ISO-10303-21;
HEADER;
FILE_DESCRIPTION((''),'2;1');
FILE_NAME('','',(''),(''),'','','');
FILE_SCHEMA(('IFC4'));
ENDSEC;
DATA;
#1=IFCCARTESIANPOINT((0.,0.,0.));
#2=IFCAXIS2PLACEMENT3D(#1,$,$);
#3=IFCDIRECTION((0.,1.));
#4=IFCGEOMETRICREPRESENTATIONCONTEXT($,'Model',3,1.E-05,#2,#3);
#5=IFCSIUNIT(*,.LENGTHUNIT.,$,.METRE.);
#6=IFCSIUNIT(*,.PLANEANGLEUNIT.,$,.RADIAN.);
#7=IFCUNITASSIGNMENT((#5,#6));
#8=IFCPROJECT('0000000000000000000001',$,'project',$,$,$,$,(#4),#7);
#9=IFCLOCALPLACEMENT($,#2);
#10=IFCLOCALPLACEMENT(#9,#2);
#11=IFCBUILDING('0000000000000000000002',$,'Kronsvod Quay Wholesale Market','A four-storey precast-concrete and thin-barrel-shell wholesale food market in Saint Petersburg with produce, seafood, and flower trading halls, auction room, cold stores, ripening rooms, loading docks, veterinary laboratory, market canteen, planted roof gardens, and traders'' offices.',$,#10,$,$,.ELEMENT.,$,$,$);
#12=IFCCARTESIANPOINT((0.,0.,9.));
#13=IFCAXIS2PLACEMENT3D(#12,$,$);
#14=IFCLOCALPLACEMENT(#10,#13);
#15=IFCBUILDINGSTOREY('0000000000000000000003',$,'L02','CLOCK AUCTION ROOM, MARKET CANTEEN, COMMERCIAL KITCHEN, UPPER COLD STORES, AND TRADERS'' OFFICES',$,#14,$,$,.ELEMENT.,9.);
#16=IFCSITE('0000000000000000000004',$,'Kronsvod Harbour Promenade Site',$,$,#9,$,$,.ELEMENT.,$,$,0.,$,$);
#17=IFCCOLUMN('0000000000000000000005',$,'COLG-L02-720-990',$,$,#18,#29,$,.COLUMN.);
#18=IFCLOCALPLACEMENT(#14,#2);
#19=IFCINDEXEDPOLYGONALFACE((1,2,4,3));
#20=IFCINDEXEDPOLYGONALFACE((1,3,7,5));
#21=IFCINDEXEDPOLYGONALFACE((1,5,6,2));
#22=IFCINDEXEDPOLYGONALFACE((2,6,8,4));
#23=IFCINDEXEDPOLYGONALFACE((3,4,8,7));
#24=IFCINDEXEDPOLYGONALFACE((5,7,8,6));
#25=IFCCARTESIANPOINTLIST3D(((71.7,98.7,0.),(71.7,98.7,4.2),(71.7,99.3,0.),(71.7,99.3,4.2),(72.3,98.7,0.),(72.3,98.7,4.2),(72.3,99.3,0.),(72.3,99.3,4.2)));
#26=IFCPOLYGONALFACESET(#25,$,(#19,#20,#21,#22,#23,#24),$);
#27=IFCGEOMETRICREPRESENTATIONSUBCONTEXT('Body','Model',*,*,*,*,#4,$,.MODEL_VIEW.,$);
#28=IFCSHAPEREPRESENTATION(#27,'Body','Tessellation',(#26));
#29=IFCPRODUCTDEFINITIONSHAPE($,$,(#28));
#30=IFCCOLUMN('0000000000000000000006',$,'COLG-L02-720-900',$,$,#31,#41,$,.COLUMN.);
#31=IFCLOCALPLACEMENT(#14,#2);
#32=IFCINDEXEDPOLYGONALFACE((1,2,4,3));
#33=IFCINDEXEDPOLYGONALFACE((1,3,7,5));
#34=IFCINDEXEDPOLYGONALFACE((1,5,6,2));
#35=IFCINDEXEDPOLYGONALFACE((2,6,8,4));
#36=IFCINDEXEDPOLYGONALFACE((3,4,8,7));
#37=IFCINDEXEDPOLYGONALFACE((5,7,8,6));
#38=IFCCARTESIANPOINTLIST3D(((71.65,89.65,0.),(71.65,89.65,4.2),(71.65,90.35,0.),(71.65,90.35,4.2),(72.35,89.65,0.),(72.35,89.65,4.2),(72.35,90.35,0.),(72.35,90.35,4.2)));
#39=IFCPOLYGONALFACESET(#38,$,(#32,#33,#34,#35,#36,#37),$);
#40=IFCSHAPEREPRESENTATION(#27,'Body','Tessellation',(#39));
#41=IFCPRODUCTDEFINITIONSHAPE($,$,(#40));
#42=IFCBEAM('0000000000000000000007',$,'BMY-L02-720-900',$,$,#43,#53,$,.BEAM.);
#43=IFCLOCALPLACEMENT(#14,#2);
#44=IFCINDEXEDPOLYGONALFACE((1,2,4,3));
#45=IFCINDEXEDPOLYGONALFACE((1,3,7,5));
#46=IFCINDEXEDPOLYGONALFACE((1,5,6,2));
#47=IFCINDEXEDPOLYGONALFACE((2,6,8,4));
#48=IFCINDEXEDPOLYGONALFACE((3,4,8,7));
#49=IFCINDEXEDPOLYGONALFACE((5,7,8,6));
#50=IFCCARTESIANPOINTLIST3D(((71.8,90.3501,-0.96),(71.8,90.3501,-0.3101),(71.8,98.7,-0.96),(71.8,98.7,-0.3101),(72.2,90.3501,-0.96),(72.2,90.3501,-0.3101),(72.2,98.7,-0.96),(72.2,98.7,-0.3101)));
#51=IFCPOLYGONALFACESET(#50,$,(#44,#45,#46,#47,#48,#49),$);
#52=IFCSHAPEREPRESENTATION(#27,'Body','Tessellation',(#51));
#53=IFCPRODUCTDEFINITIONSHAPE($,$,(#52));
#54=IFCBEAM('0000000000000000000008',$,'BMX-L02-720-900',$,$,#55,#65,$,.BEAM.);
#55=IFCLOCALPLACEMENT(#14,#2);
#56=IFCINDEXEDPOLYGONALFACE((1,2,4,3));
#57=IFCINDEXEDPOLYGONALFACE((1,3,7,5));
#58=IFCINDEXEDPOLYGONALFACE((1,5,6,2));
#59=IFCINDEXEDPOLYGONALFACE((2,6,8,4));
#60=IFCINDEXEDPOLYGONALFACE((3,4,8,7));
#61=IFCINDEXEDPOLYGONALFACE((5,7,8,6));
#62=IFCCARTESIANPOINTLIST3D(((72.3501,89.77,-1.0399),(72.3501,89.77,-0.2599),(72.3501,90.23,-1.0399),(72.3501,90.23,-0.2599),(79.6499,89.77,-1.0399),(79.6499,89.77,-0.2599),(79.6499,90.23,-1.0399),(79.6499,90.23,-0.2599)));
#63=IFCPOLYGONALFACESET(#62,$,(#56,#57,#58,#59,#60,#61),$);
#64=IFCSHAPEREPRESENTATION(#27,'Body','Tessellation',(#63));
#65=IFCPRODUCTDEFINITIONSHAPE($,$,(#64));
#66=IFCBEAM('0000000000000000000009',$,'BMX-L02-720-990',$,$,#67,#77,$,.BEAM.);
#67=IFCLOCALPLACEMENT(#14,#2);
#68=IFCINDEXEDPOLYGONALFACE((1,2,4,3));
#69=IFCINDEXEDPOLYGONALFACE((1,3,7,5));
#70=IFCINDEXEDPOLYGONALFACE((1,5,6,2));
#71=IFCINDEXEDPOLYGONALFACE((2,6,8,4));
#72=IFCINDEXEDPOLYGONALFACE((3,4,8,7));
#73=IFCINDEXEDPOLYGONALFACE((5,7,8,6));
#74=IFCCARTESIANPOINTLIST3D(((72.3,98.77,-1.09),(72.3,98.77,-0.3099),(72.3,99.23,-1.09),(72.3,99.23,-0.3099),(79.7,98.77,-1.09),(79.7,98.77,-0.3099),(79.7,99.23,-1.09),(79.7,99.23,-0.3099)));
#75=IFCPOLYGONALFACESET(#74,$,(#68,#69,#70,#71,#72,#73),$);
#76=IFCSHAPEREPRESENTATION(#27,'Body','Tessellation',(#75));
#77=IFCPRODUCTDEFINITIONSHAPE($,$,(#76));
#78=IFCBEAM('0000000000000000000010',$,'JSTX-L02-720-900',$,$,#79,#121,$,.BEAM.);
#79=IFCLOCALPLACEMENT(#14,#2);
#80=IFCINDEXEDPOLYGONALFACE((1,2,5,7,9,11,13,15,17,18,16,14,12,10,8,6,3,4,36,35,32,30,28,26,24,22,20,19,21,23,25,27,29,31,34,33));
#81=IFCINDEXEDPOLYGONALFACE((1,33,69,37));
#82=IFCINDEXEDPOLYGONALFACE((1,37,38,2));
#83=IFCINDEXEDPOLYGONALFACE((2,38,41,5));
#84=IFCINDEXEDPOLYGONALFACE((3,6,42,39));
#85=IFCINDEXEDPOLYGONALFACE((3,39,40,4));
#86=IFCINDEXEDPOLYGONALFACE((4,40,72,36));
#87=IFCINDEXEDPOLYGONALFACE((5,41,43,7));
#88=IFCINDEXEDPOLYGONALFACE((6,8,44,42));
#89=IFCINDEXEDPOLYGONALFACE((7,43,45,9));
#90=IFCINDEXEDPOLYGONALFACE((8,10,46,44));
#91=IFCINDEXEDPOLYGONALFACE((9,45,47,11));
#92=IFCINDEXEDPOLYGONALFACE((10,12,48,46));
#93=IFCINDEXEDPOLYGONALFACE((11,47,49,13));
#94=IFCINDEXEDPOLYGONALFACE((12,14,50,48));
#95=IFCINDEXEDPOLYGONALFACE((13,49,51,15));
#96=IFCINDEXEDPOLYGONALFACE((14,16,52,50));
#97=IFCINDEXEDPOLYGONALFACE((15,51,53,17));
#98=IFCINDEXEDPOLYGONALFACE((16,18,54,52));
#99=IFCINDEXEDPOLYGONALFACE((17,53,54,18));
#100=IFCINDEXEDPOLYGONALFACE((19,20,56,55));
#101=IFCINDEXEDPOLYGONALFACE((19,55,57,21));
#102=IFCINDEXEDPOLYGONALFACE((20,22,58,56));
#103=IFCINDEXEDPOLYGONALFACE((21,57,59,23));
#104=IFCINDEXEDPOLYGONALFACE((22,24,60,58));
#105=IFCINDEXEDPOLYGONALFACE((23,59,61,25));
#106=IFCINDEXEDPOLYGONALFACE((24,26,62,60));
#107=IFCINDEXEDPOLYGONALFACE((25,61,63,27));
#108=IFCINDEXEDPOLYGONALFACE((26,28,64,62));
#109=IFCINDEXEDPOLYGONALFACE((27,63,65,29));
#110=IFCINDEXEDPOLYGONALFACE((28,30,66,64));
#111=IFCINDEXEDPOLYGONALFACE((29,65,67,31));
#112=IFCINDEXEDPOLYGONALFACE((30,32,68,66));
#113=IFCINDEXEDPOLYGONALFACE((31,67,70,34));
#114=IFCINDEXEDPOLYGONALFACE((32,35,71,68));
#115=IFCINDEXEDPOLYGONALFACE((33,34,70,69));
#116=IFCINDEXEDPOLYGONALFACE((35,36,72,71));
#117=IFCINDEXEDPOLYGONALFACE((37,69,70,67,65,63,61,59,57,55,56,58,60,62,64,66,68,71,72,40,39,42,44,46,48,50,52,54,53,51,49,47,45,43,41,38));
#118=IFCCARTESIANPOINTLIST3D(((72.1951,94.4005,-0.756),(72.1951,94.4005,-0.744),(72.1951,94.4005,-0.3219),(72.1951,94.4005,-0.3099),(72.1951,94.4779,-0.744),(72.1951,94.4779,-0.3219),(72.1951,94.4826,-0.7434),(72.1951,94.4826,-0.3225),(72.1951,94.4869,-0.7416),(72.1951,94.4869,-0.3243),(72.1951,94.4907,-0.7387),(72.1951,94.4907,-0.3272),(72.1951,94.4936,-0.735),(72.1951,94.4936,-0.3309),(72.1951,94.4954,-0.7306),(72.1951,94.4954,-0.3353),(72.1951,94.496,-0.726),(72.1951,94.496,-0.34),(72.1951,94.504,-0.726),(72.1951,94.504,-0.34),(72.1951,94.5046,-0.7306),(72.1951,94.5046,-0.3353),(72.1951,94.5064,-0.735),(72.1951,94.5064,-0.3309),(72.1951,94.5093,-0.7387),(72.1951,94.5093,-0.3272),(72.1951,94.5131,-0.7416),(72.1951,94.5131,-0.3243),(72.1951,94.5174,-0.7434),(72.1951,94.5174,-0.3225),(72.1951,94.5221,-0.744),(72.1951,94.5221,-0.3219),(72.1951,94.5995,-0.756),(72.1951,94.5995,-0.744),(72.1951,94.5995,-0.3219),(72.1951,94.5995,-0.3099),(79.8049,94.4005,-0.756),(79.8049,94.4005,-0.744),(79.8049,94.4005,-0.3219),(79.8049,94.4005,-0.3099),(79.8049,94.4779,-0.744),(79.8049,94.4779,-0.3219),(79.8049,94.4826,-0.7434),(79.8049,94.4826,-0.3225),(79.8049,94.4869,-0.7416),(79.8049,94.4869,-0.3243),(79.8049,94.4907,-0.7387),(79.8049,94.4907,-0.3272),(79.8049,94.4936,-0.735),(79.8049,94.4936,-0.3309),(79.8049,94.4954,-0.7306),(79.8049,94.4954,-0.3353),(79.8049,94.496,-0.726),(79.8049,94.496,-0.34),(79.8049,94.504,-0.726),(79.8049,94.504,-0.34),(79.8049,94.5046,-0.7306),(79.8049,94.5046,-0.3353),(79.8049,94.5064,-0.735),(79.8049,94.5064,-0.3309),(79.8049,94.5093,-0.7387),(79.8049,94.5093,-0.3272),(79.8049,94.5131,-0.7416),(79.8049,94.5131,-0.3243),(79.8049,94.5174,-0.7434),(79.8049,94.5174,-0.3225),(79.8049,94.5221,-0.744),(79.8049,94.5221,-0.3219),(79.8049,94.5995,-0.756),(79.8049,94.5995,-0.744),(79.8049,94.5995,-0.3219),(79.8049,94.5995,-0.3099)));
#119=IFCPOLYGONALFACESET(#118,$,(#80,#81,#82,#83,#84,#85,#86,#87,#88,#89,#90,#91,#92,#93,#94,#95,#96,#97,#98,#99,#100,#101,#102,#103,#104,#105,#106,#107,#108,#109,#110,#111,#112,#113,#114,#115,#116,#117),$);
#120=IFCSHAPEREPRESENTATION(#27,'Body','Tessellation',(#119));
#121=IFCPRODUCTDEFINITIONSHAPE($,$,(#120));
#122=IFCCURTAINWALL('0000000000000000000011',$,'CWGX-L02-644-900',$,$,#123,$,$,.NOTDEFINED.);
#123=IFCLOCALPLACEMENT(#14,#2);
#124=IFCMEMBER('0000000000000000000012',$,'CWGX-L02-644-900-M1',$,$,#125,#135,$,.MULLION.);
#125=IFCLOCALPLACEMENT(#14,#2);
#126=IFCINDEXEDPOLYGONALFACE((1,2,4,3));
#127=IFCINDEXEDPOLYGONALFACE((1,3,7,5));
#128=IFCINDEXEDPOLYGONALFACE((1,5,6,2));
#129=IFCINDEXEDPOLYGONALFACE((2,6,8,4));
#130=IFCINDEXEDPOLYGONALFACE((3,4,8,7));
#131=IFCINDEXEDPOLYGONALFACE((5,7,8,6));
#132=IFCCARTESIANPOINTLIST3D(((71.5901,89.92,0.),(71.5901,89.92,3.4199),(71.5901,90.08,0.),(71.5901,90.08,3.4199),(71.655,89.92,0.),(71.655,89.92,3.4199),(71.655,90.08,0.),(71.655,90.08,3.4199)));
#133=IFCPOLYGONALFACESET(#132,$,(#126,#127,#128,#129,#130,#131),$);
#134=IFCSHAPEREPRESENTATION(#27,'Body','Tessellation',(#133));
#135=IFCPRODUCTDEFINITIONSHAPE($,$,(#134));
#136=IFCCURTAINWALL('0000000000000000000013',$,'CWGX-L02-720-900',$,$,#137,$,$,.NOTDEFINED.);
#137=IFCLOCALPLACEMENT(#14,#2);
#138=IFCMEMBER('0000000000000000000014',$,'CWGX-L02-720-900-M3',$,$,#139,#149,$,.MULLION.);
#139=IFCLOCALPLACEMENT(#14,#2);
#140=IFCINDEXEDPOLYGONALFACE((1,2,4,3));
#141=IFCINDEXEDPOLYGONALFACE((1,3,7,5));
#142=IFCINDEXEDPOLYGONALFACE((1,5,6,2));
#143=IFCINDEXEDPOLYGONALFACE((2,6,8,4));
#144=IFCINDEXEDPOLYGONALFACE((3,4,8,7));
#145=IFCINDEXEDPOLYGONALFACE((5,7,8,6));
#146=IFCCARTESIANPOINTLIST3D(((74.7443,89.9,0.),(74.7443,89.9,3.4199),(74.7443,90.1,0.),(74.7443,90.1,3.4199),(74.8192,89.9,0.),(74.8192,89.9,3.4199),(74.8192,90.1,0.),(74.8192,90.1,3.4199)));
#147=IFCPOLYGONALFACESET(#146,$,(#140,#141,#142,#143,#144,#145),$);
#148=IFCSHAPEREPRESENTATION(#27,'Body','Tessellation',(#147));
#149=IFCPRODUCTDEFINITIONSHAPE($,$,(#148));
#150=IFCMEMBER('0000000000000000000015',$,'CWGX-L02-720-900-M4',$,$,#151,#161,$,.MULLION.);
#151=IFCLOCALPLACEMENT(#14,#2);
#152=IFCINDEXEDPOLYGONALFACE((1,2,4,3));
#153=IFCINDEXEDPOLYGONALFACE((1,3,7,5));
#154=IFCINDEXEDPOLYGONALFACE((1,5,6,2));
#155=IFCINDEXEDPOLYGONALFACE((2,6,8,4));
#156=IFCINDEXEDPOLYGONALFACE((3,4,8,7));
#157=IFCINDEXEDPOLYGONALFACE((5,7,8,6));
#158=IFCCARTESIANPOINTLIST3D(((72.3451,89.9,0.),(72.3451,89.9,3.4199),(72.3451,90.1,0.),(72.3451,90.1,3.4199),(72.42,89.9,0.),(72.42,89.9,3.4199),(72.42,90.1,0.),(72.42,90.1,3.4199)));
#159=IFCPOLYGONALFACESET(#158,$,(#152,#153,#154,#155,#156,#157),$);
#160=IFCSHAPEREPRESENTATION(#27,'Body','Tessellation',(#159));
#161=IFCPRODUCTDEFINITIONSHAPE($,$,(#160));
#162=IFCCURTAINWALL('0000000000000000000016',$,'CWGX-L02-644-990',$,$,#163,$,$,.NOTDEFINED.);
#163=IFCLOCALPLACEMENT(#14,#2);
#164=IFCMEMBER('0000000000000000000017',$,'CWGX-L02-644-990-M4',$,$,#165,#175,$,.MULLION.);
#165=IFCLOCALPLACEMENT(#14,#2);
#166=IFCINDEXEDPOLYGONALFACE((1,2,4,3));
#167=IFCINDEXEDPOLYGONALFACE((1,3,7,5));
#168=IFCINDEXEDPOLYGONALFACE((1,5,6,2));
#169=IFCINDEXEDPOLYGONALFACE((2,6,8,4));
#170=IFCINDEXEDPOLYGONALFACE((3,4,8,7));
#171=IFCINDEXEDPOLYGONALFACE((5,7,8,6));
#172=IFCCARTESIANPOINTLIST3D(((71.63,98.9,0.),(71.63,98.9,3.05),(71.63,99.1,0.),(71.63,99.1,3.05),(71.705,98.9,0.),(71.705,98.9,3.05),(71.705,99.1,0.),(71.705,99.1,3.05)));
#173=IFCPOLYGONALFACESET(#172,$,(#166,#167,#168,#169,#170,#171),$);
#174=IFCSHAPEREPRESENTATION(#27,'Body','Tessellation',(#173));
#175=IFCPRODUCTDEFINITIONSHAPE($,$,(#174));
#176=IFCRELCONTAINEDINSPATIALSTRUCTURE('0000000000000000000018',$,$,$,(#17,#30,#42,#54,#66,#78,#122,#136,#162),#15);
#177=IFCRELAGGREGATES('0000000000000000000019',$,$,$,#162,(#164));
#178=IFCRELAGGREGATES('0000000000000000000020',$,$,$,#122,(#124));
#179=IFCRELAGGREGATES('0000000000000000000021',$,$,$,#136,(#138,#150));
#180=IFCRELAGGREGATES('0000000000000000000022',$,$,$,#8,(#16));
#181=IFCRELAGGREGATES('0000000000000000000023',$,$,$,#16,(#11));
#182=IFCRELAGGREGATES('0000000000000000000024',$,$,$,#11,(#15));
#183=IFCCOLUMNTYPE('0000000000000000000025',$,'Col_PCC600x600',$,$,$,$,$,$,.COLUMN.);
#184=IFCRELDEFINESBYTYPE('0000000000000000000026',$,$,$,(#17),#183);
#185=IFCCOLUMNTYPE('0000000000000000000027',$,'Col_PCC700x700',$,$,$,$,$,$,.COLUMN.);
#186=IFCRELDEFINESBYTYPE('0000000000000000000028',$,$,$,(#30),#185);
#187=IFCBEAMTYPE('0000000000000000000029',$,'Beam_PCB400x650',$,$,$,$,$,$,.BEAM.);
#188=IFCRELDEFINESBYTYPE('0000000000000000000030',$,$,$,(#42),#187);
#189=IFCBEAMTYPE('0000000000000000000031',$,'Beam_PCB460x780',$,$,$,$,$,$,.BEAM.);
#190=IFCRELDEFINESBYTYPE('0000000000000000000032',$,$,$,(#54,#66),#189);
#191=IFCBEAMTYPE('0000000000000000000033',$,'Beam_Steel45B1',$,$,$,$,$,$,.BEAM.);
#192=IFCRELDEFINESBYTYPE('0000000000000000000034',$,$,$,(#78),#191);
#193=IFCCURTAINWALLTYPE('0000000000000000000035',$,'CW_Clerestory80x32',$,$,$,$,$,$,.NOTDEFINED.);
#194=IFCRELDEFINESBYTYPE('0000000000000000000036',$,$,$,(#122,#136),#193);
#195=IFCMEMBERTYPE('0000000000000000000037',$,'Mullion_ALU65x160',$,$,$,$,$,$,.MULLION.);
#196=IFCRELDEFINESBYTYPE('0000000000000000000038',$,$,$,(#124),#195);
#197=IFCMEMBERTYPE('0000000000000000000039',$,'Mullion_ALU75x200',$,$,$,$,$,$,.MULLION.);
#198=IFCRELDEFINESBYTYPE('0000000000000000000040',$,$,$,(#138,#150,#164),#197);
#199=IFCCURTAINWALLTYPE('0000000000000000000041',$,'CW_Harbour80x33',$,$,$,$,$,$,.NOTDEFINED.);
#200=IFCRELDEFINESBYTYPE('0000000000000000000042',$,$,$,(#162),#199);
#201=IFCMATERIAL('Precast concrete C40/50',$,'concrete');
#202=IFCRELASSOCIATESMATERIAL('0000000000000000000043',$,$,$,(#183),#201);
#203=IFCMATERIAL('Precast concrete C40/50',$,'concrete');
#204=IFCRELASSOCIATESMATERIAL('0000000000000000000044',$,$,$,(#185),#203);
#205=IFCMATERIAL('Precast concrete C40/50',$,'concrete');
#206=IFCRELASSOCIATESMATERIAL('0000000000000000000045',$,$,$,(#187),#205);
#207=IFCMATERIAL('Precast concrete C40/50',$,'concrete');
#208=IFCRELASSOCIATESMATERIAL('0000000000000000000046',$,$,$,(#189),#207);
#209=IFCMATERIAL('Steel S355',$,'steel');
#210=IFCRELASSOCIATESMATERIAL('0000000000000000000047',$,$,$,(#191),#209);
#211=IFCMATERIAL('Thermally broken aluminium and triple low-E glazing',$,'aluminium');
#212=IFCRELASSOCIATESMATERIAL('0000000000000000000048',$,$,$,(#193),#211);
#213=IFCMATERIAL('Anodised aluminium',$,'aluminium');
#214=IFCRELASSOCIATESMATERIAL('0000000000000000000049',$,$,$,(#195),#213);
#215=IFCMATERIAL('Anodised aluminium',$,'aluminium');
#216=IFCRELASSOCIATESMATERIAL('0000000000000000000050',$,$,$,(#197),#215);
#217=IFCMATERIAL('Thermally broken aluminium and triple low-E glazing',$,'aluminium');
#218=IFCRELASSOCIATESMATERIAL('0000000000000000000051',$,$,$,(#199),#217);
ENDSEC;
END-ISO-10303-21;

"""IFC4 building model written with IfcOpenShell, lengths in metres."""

from ifc_helpers import new_model, si_unit, direction, frame, origin, origin_2d, place, context, subcontext, project, spatial, rectangle, i_section, extrude, material, material_profile, profile_set, type_object, element, aggregate, save


model = new_model("IFC4")

# Units and contexts
model_context = context("Model", 3, precision=1e-05, world=origin(), true_north=direction((0.0, 1.0)))
body_context = subcontext(model_context, "Body", "Model", "MODEL_VIEW")
ifc_project = project(units=[si_unit("LENGTHUNIT", "METRE"), si_unit("PLANEANGLEUNIT", "RADIAN")], contexts=[model_context])

# Site, building, storey
site_placement = place(None, origin())
site = spatial("IfcSite", under=ifc_project, at=site_placement, Name="Kronsvod Harbour Promenade Site", CompositionType="ELEMENT", RefElevation=0.0)
building_placement = place(site_placement, origin())
building = spatial("IfcBuilding", under=site, at=building_placement, Name="Kronsvod Quay Wholesale Market", Description="A four-storey precast-concrete and thin-barrel-shell wholesale food market in Saint Petersburg with produce, seafood, and flower trading halls, auction room, cold stores, ripening rooms, loading docks, veterinary laboratory, market canteen, planted roof gardens, and traders' offices.", CompositionType="ELEMENT")
storey_placement = place(building_placement, frame((0.0, 0.0, 9.0)))
storey = spatial("IfcBuildingStorey", under=building, at=storey_placement, Name="L02", Description="CLOCK AUCTION ROOM, MARKET CANTEEN, COMMERCIAL KITCHEN, UPPER COLD STORES, AND TRADERS' OFFICES", CompositionType="ELEMENT", Elevation=9.0)

# Columns
ifc_material_1 = material(Name="Precast concrete C40/50", Category="concrete")
ifc_material_profile_1 = material_profile(ifc_material_1, rectangle(XDim=0.6001, YDim=0.6001, at=origin_2d()), Name="PCC600x600")
ifc_profile_set_1 = profile_set([ifc_material_profile_1], Name="Precast concrete C40/50")
column_type_1 = type_object("IfcColumnType", Name="Col_PCC600x600", PredefinedType="COLUMN", material=ifc_profile_set_1)
column_1_placement = place(storey_placement, frame((72.0, 99.0, 0.0), z_axis=(0.0, 0.0, 1.0), x_axis=(1.0, 0.0, 0.0)))
element("IfcColumn", 1, at=column_1_placement, inside=storey, type_object=column_type_1, Name="COLG-L02-720-990", PredefinedType="COLUMN", context=body_context, shape_type="SweptSolid", body=[
    extrude(rectangle(XDim=0.6001, YDim=0.6001, at=origin_2d()), origin(), (0.0, 0.0, 1.0), 4.2),
])
ifc_material_2 = material(Name="Precast concrete C40/50", Category="concrete")
ifc_material_profile_2 = material_profile(ifc_material_2, rectangle(XDim=0.7, YDim=0.7, at=origin_2d()), Name="PCC700x700")
ifc_profile_set_2 = profile_set([ifc_material_profile_2], Name="Precast concrete C40/50")
column_type_2 = type_object("IfcColumnType", Name="Col_PCC700x700", PredefinedType="COLUMN", material=ifc_profile_set_2)
column_2_placement = place(storey_placement, frame((72.0, 90.0, 0.0), z_axis=(0.0, 0.0, 1.0), x_axis=(1.0, 0.0, 0.0)))
element("IfcColumn", 2, at=column_2_placement, inside=storey, type_object=column_type_2, Name="COLG-L02-720-900", PredefinedType="COLUMN", context=body_context, shape_type="SweptSolid", body=[
    extrude(rectangle(XDim=0.7, YDim=0.7, at=origin_2d()), origin(), (0.0, 0.0, 1.0), 4.2),
])

# Beams
ifc_material_3 = material(Name="Precast concrete C40/50", Category="concrete")
ifc_material_profile_3 = material_profile(ifc_material_3, rectangle(XDim=0.3999, YDim=0.6499, at=origin_2d()), Name="PCB400x650")
ifc_profile_set_3 = profile_set([ifc_material_profile_3], Name="Precast concrete C40/50")
beam_type_1 = type_object("IfcBeamType", Name="Beam_PCB400x650", PredefinedType="BEAM", material=ifc_profile_set_3)
beam_1_placement = place(storey_placement, frame((72.0, 90.3501, -0.635), z_axis=(0.0, 1.0, 0.0), x_axis=(-1.0, 0.0, 0.0)))
element("IfcBeam", 3, at=beam_1_placement, inside=storey, type_object=beam_type_1, Name="BMY-L02-720-900", PredefinedType="BEAM", context=body_context, shape_type="SweptSolid", body=[
    extrude(rectangle(XDim=0.3999, YDim=0.6499, at=origin_2d()), origin(), (0.0, 0.0, 1.0), 8.3499),
])
ifc_material_4 = material(Name="Precast concrete C40/50", Category="concrete")
ifc_material_profile_4 = material_profile(ifc_material_4, rectangle(XDim=0.46, YDim=0.78, at=origin_2d()), Name="PB-03")
ifc_profile_set_4 = profile_set([ifc_material_profile_4], Name="Precast concrete C40/50")
beam_type_2 = type_object("IfcBeamType", Name="Beam_PCB460x780", PredefinedType="BEAM", material=ifc_profile_set_4)
beam_2_placement = place(storey_placement, frame((72.3501, 90.0, -0.6499), z_axis=(1.0, 0.0, 0.0), x_axis=(0.0, 1.0, 0.0)))
element("IfcBeam", 4, at=beam_2_placement, inside=storey, type_object=beam_type_2, Name="BMX-L02-720-900", PredefinedType="BEAM", context=body_context, shape_type="SweptSolid", body=[
    extrude(rectangle(XDim=0.46, YDim=0.78, at=origin_2d()), origin(), (0.0, 0.0, 1.0), 7.2998),
])
beam_3_placement = place(storey_placement, frame((72.3, 99.0, -0.7), z_axis=(1.0, 0.0, 0.0), x_axis=(0.0, 1.0, 0.0)))
element("IfcBeam", 5, at=beam_3_placement, inside=storey, type_object=beam_type_2, Name="BMX-L02-720-990", PredefinedType="BEAM", context=body_context, shape_type="SweptSolid", body=[
    extrude(rectangle(XDim=0.46, YDim=0.78, at=origin_2d()), origin(), (0.0, 0.0, 1.0), 7.3999),
])
ifc_material_5 = material(Name="Steel S355", Category="steel")
ifc_material_profile_5 = material_profile(ifc_material_5, i_section(OverallWidth=0.199, OverallDepth=0.446, WebThickness=0.0081, FlangeThickness=0.012, FilletRadius=0.0181, at=origin_2d()), Name="45B1")
ifc_profile_set_5 = profile_set([ifc_material_profile_5], Name="Steel S355")
beam_type_3 = type_object("IfcBeamType", Name="Beam_Steel45B1", PredefinedType="BEAM", material=ifc_profile_set_5)
beam_4_placement = place(storey_placement, frame((72.1951, 94.5, -0.533), z_axis=(1.0, 0.0, 0.0), x_axis=(0.0, 1.0, 0.0)))
element("IfcBeam", 6, at=beam_4_placement, inside=storey, type_object=beam_type_3, Name="JSTX-L02-720-900", PredefinedType="BEAM", context=body_context, shape_type="SweptSolid", body=[
    extrude(i_section(OverallWidth=0.199, OverallDepth=0.446, WebThickness=0.0081, FlangeThickness=0.012, FilletRadius=0.0181, at=origin_2d()), origin(), (0.0, 0.0, 1.0), 7.6099),
])

# Curtain wall, member
ifc_material_6 = material(Name="Thermally broken aluminium and triple low-E glazing", Category="aluminium")
curtain_wall_type_1 = type_object("IfcCurtainWallType", Name="CW_Clerestory80x32", PredefinedType="NOTDEFINED", material=ifc_material_6)
curtain_wall_1_placement = place(storey_placement, origin())
curtain_wall_1 = element("IfcCurtainWall", 7, at=curtain_wall_1_placement, inside=storey, type_object=curtain_wall_type_1, Name="CWGX-L02-644-900", PredefinedType="NOTDEFINED")
ifc_material_7 = material(Name="Anodised aluminium", Category="aluminium")
ifc_material_profile_6 = material_profile(ifc_material_7, rectangle(XDim=0.0649, YDim=0.1599, at=origin_2d()), Name="ALUM65x160")
ifc_profile_set_6 = profile_set([ifc_material_profile_6], Name="Anodised aluminium")
member_type_1 = type_object("IfcMemberType", Name="Mullion_ALU65x160", PredefinedType="MULLION", material=ifc_profile_set_6)
member_1_placement = place(storey_placement, frame((71.6226, 90.0, 0.0), z_axis=(0.0, 0.0, 1.0), x_axis=(1.0, 0.0, 0.0)))
member_1 = element("IfcMember", 8, at=member_1_placement, type_object=member_type_1, Name="CWGX-L02-644-900-M1", PredefinedType="MULLION", context=body_context, shape_type="SweptSolid", body=[
    extrude(rectangle(XDim=0.0649, YDim=0.1599, at=origin_2d()), origin(), (0.0, 0.0, 1.0), 3.4199),
])

# Curtain wall, members
curtain_wall_2_placement = place(storey_placement, origin())
curtain_wall_2 = element("IfcCurtainWall", 9, at=curtain_wall_2_placement, inside=storey, type_object=curtain_wall_type_1, Name="CWGX-L02-720-900", PredefinedType="NOTDEFINED")
ifc_material_8 = material(Name="Anodised aluminium", Category="aluminium")
ifc_material_profile_7 = material_profile(ifc_material_8, rectangle(XDim=0.075, YDim=0.2, at=origin_2d()), Name="ALUM75x200")
ifc_profile_set_7 = profile_set([ifc_material_profile_7], Name="Anodised aluminium")
member_type_2 = type_object("IfcMemberType", Name="Mullion_ALU75x200", PredefinedType="MULLION", material=ifc_profile_set_7)
member_2_placement = place(storey_placement, frame((74.7817, 90.0, 0.0), z_axis=(0.0, 0.0, 1.0), x_axis=(1.0, 0.0, 0.0)))
member_2 = element("IfcMember", 10, at=member_2_placement, type_object=member_type_2, Name="CWGX-L02-720-900-M3", PredefinedType="MULLION", context=body_context, shape_type="SweptSolid", body=[
    extrude(rectangle(XDim=0.075, YDim=0.2, at=origin_2d()), origin(), (0.0, 0.0, 1.0), 3.4199),
])
member_3_placement = place(storey_placement, frame((72.3826, 90.0, 0.0), z_axis=(0.0, 0.0, 1.0), x_axis=(1.0, 0.0, 0.0)))
member_3 = element("IfcMember", 11, at=member_3_placement, type_object=member_type_2, Name="CWGX-L02-720-900-M4", PredefinedType="MULLION", context=body_context, shape_type="SweptSolid", body=[
    extrude(rectangle(XDim=0.075, YDim=0.2, at=origin_2d()), origin(), (0.0, 0.0, 1.0), 3.4199),
])

# Curtain wall, member
ifc_material_9 = material(Name="Thermally broken aluminium and triple low-E glazing", Category="aluminium")
curtain_wall_type_2 = type_object("IfcCurtainWallType", Name="CW_Harbour80x33", PredefinedType="NOTDEFINED", material=ifc_material_9)
curtain_wall_3_placement = place(storey_placement, origin())
curtain_wall_3 = element("IfcCurtainWall", 12, at=curtain_wall_3_placement, inside=storey, type_object=curtain_wall_type_2, Name="CWGX-L02-644-990", PredefinedType="NOTDEFINED")
member_4_placement = place(storey_placement, frame((71.6675, 99.0, 0.0), z_axis=(0.0, 0.0, 1.0), x_axis=(1.0, 0.0, 0.0)))
member_4 = element("IfcMember", 13, at=member_4_placement, type_object=member_type_2, Name="CWGX-L02-644-990-M4", PredefinedType="MULLION", context=body_context, shape_type="SweptSolid", body=[
    extrude(rectangle(XDim=0.075, YDim=0.2, at=origin_2d()), origin(), (0.0, 0.0, 1.0), 3.05),
])
aggregate(curtain_wall_3, [member_4])

aggregate(curtain_wall_1, [member_1])

aggregate(curtain_wall_2, [member_2, member_3])

save(model, "model.ifc")
